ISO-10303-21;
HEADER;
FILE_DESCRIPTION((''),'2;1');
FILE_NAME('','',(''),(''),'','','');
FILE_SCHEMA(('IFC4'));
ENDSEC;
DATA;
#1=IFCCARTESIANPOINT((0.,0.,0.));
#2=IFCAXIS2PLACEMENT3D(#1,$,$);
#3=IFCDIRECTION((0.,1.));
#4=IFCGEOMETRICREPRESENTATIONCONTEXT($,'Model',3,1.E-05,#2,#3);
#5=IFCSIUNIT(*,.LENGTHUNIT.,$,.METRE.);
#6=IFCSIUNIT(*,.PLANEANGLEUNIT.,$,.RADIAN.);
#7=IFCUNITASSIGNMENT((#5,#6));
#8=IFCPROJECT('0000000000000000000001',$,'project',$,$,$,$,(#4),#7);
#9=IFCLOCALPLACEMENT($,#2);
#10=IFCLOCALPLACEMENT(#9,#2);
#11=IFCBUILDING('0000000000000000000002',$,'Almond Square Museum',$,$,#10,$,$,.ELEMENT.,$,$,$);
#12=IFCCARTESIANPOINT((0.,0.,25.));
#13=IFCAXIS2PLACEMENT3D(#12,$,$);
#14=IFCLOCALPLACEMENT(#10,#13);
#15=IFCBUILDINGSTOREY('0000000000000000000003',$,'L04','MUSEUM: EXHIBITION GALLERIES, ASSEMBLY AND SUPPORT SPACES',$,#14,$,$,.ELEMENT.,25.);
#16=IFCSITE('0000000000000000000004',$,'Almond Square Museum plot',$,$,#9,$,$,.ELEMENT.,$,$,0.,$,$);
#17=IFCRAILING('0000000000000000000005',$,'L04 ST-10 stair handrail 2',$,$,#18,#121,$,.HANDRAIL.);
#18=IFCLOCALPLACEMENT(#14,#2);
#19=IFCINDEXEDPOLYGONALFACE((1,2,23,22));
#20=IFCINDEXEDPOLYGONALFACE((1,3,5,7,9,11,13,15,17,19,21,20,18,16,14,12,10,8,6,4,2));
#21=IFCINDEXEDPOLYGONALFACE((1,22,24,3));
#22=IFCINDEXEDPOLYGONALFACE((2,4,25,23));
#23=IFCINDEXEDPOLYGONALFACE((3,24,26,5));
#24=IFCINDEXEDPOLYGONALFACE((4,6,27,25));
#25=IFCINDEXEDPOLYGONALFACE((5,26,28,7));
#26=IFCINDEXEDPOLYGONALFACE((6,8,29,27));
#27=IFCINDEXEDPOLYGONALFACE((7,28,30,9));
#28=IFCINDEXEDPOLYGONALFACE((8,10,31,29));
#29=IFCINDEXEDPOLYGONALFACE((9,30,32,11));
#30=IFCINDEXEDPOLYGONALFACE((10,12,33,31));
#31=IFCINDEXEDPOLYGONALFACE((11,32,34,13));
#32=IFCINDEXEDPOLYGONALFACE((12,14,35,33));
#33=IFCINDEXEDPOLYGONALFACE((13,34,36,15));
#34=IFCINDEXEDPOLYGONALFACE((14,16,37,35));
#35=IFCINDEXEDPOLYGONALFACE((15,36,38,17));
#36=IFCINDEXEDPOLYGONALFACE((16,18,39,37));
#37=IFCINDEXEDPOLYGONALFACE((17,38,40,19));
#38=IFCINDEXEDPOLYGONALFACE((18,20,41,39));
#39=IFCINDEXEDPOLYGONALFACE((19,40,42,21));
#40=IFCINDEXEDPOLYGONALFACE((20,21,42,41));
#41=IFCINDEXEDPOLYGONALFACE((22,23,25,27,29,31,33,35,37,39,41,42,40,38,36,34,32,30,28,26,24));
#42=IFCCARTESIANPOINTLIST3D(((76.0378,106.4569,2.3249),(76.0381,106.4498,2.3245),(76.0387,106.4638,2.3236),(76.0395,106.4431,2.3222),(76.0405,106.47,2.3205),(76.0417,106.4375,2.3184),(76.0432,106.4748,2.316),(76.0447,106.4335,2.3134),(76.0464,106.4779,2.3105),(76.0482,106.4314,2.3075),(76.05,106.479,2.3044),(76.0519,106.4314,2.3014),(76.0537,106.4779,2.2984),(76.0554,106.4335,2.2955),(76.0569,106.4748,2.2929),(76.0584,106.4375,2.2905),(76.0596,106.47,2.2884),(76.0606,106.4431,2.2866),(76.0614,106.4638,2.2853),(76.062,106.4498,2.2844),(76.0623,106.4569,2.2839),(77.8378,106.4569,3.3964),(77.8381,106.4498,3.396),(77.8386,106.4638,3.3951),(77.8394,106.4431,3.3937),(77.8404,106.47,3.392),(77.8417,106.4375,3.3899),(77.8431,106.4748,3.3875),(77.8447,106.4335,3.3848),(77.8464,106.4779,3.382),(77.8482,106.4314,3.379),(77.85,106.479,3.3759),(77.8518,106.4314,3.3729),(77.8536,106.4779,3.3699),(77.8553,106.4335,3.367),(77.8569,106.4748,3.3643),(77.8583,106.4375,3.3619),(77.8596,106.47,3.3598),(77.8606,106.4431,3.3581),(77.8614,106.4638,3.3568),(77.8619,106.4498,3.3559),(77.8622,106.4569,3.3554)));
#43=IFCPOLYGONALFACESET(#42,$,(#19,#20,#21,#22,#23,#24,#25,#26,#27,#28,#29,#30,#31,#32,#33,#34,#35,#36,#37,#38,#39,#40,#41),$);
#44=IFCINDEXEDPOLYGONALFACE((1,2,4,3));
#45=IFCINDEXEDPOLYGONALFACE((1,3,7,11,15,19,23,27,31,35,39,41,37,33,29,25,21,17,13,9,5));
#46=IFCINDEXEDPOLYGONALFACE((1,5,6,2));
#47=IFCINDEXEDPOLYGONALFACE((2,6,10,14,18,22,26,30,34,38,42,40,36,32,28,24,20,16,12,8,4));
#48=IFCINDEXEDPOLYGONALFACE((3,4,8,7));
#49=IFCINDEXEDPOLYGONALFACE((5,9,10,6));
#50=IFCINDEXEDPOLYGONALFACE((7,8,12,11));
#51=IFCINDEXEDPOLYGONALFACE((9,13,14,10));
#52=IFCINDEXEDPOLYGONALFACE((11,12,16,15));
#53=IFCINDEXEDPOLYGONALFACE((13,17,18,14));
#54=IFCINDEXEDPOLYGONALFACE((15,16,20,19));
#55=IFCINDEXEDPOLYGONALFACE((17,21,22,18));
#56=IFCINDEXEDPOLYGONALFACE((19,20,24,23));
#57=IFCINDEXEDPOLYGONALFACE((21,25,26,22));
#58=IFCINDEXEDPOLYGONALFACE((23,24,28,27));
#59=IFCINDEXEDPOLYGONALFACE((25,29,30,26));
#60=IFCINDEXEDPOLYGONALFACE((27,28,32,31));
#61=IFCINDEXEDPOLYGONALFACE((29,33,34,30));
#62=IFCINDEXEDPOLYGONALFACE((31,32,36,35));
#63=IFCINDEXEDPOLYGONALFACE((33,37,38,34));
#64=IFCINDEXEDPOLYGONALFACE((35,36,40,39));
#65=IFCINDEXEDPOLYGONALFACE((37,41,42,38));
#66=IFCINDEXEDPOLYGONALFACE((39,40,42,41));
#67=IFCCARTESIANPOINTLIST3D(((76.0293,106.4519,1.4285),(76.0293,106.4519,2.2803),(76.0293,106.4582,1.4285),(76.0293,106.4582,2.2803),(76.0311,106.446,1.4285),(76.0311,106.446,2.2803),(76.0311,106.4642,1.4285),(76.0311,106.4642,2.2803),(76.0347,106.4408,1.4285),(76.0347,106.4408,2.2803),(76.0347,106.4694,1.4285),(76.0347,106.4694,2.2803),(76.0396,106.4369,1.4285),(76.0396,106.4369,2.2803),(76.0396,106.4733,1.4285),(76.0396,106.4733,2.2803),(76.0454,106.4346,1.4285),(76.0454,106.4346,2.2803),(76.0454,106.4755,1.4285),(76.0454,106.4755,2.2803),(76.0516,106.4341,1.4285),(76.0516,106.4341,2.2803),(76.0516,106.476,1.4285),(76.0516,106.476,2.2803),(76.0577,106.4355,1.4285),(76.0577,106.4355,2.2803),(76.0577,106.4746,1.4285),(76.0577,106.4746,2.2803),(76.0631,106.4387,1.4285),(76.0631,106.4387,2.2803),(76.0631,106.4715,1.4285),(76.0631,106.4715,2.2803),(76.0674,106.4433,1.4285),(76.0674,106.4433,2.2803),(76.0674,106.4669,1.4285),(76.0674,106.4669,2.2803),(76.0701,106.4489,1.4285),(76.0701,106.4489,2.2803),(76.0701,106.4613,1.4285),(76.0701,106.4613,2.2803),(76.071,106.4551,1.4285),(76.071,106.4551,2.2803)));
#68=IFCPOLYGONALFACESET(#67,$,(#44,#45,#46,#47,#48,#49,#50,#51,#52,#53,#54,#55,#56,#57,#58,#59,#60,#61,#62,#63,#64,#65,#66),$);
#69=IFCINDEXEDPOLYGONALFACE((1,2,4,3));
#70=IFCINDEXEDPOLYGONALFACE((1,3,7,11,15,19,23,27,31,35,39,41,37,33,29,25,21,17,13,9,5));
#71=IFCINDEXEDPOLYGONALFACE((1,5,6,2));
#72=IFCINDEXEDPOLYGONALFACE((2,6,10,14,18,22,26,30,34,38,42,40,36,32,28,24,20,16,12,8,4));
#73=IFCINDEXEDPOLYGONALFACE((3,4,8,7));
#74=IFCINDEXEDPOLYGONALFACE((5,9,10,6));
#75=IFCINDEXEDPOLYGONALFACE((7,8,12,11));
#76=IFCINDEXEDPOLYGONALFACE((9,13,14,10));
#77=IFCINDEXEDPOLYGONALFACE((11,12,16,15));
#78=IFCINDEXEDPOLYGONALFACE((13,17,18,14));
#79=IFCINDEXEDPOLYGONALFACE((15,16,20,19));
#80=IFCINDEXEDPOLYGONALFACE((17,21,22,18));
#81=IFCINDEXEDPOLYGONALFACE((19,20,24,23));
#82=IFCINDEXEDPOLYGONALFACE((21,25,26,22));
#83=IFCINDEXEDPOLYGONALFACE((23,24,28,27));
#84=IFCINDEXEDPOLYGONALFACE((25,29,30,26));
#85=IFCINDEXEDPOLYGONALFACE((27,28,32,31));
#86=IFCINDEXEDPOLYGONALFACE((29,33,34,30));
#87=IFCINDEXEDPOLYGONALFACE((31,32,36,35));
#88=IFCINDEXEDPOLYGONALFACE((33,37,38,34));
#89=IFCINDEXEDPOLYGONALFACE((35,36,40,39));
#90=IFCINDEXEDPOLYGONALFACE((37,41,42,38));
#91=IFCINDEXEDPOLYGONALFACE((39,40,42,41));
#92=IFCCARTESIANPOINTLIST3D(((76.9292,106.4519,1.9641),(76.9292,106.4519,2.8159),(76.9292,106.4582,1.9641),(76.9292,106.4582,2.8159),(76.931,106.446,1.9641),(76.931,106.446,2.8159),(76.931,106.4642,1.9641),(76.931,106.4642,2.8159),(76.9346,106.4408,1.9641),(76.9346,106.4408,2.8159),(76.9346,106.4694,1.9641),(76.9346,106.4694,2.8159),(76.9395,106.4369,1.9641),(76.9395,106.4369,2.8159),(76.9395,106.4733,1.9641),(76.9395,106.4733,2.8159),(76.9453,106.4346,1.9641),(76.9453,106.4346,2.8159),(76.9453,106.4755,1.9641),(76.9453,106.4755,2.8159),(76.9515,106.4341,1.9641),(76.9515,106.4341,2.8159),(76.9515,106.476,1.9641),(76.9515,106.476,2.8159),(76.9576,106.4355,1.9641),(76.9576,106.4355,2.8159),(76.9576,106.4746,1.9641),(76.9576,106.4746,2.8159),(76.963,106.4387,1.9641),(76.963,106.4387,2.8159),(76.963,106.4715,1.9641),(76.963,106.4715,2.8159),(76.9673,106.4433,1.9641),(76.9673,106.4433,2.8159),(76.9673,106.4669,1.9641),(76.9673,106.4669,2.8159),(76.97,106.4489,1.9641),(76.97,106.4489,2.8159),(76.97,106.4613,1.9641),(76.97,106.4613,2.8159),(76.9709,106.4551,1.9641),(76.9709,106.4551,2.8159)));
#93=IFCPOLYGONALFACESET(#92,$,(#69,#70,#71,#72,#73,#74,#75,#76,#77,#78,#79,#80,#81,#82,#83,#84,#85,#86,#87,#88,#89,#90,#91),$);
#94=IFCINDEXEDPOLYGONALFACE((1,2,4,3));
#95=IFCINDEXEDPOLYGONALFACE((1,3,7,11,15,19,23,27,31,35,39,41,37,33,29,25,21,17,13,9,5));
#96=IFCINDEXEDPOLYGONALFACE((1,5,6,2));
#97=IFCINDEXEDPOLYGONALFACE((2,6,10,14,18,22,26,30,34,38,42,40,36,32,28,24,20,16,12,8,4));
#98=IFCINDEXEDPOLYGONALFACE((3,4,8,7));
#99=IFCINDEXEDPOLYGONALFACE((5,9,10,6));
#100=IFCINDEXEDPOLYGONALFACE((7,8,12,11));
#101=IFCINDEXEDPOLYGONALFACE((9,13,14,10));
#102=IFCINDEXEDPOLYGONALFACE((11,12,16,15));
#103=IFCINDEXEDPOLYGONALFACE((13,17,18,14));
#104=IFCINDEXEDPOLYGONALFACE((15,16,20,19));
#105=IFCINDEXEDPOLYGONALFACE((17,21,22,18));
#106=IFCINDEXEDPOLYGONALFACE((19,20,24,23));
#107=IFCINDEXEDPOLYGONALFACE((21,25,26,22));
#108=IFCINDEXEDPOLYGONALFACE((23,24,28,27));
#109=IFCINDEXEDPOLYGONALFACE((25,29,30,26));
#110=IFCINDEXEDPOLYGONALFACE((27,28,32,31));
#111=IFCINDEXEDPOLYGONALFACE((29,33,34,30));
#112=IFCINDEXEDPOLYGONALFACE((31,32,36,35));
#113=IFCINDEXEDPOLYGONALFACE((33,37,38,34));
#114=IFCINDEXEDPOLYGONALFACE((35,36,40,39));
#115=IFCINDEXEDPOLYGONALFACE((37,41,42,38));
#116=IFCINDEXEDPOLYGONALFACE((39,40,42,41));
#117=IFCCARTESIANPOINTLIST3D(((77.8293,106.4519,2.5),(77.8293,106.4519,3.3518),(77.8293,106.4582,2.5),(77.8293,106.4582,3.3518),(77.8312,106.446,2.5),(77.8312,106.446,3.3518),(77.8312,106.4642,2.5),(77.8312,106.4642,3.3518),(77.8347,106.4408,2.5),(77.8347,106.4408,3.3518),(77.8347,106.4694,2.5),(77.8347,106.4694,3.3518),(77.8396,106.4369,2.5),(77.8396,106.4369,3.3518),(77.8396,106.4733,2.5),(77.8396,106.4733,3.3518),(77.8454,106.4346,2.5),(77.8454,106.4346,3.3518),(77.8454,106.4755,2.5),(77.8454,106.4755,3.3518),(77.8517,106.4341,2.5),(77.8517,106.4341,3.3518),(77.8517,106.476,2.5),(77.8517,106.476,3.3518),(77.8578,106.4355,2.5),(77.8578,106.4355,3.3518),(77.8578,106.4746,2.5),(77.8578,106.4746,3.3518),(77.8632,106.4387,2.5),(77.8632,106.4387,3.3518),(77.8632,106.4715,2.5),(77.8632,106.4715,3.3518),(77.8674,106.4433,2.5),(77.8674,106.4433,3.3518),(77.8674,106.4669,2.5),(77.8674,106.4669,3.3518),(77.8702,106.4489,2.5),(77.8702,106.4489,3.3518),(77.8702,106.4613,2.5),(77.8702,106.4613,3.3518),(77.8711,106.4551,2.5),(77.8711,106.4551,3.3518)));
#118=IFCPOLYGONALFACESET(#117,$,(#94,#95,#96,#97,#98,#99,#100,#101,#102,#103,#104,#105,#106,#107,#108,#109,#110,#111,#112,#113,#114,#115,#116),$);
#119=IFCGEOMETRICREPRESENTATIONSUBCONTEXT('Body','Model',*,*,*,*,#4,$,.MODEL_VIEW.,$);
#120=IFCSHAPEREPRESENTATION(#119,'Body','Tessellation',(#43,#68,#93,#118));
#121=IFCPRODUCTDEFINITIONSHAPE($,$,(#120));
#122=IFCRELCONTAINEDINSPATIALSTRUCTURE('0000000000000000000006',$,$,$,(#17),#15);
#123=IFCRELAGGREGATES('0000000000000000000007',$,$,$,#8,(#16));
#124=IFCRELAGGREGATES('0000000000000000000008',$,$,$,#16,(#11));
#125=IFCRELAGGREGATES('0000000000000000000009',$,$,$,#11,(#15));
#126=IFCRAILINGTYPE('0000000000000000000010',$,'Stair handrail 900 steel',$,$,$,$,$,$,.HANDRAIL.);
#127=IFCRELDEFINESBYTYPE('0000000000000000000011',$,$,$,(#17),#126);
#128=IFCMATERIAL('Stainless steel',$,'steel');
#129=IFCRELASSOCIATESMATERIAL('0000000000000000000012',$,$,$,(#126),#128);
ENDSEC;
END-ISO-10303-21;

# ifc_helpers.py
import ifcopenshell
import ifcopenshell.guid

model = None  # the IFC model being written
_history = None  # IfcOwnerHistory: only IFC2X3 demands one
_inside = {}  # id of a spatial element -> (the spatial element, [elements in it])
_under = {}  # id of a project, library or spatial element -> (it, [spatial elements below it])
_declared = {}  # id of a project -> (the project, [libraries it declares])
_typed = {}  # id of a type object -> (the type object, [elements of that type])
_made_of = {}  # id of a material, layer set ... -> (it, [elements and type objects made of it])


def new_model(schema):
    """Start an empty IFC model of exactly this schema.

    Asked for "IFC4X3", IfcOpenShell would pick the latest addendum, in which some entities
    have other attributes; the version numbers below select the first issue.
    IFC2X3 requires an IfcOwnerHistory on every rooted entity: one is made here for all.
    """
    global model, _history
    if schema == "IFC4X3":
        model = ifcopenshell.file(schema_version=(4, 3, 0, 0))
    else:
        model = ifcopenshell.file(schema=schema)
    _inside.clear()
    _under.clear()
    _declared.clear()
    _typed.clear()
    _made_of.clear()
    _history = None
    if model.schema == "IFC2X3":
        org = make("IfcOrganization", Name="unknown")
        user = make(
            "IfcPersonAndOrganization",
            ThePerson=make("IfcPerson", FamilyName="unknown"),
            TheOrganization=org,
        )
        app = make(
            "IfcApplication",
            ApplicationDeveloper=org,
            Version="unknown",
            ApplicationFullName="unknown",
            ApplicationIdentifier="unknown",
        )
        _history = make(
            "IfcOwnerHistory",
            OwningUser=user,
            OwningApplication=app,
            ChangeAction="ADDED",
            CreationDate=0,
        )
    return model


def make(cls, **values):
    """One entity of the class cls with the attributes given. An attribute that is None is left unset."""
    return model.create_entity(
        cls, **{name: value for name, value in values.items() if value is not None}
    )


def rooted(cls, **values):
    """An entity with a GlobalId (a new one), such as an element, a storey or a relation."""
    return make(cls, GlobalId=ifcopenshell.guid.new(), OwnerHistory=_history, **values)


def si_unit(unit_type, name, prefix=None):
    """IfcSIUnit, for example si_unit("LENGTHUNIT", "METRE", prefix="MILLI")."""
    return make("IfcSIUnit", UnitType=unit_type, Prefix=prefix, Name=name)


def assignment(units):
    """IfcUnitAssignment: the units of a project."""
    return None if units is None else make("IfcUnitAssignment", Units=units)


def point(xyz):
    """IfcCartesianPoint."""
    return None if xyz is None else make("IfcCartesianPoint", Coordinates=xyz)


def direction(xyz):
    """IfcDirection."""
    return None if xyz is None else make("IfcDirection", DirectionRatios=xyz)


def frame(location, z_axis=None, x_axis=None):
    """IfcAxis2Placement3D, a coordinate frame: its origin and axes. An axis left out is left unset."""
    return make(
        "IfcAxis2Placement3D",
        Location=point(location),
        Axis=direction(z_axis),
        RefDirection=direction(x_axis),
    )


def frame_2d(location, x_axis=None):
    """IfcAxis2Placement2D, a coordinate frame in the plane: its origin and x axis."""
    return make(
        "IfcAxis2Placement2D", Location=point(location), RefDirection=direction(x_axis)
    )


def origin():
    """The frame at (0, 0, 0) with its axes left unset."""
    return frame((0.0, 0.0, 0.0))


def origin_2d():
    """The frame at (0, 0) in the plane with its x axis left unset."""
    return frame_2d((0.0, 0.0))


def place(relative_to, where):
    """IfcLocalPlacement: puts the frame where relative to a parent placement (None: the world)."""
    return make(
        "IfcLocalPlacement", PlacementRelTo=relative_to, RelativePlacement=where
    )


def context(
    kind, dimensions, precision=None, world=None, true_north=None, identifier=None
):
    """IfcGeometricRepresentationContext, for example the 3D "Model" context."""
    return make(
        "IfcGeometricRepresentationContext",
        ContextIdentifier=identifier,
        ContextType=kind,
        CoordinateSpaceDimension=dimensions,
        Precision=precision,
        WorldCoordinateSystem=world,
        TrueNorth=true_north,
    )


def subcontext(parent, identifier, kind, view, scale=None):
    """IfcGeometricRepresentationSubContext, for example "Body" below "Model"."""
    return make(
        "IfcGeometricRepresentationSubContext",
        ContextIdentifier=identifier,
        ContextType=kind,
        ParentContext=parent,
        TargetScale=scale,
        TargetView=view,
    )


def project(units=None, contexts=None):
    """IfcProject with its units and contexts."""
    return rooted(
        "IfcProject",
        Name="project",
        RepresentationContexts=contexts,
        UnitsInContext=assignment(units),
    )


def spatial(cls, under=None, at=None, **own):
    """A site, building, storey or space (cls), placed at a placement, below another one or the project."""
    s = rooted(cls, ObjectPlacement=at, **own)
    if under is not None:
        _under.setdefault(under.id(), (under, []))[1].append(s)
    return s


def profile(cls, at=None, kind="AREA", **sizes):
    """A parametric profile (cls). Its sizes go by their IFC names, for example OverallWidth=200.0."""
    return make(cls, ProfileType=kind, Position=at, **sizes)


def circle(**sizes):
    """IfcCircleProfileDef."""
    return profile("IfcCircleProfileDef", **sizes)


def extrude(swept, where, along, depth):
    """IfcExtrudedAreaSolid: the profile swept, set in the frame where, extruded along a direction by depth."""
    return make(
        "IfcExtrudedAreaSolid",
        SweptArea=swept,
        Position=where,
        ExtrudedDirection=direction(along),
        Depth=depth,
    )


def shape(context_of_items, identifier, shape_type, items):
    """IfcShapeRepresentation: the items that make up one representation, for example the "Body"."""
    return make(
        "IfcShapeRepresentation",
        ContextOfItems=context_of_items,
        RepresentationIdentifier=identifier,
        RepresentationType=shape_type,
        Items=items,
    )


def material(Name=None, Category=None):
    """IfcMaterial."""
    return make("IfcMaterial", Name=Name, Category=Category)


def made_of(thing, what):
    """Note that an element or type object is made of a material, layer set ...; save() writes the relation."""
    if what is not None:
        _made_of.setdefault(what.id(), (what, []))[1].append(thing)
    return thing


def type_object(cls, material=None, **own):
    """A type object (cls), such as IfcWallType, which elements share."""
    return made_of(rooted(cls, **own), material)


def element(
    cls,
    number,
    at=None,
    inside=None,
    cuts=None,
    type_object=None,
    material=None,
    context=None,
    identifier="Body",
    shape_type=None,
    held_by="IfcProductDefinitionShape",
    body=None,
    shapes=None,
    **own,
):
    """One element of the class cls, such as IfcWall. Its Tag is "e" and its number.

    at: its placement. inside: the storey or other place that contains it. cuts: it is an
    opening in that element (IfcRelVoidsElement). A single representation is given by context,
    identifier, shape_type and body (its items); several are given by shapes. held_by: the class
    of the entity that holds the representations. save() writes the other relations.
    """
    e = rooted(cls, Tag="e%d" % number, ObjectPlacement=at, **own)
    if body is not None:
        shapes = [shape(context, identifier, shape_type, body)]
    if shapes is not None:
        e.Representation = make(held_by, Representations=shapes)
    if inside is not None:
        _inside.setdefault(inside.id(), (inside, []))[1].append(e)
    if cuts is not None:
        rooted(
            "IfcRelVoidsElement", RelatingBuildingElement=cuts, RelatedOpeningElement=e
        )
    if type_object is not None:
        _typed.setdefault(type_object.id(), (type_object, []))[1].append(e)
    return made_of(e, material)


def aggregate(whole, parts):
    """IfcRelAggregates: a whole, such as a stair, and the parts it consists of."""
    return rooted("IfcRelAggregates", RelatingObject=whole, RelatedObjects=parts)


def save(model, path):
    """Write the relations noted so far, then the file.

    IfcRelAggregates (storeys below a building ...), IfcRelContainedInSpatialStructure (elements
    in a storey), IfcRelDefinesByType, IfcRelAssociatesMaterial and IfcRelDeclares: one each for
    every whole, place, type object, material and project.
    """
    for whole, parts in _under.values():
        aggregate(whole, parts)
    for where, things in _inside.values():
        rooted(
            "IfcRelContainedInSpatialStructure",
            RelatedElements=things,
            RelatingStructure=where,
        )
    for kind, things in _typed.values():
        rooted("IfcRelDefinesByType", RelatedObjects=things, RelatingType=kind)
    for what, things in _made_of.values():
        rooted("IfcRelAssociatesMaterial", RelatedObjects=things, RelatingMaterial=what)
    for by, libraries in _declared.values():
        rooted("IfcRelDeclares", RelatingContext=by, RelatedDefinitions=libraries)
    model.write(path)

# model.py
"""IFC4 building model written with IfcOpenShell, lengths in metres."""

from ifc_helpers import new_model, si_unit, direction, frame, origin, origin_2d, place, context, subcontext, project, spatial, circle, extrude, material, type_object, element, save


model = new_model("IFC4")

# Units and contexts
model_context = context("Model", 3, precision=1e-05, world=origin(), true_north=direction((0.0, 1.0)))
body_context = subcontext(model_context, "Body", "Model", "MODEL_VIEW")
ifc_project = project(units=[si_unit("LENGTHUNIT", "METRE"), si_unit("PLANEANGLEUNIT", "RADIAN")], contexts=[model_context])

# Site, building, storey
site_placement = place(None, origin())
site = spatial("IfcSite", under=ifc_project, at=site_placement, Name="Almond Square Museum plot", CompositionType="ELEMENT", RefElevation=0.0)
building_placement = place(site_placement, origin())
building = spatial("IfcBuilding", under=site, at=building_placement, Name="Almond Square Museum", CompositionType="ELEMENT")
storey_placement = place(building_placement, frame((0.0, 0.0, 25.0)))
storey = spatial("IfcBuildingStorey", under=building, at=storey_placement, Name="L04", Description="MUSEUM: EXHIBITION GALLERIES, ASSEMBLY AND SUPPORT SPACES", CompositionType="ELEMENT", Elevation=25.0)

# Railing
ifc_material_1 = material(Name="Stainless steel", Category="steel")
railing_type_1 = type_object("IfcRailingType", Name="Stair handrail 900 steel", PredefinedType="HANDRAIL", material=ifc_material_1)
railing_1_placement = place(storey_placement, frame((76.05, 106.4551, 1.4285)))
element("IfcRailing", 1, at=railing_1_placement, inside=storey, type_object=railing_type_1, Name="L04 ST-10 stair handrail 2", PredefinedType="HANDRAIL", context=body_context, shape_type="SweptSolid", body=[
    extrude(circle(Radius=0.0239, at=origin_2d()), frame((0.0, 0.0, 0.876), z_axis=(0.859277, 0.0, 0.51151), x_axis=(0.0, 1.0, 0.0)), (0.0, 0.0, 1.0), 2.0947),
    extrude(circle(Radius=0.021, at=origin_2d()), origin(), (0.0, 0.0, 1.0), 0.8518),
    extrude(circle(Radius=0.021, at=origin_2d()), frame((0.8999, 0.0, 0.5356)), (0.0, 0.0, 1.0), 0.8518),
    extrude(circle(Radius=0.021, at=origin_2d()), frame((1.8, 0.0, 1.0715)), (0.0, 0.0, 1.0), 0.8518),
])

save(model, "model.ifc")
